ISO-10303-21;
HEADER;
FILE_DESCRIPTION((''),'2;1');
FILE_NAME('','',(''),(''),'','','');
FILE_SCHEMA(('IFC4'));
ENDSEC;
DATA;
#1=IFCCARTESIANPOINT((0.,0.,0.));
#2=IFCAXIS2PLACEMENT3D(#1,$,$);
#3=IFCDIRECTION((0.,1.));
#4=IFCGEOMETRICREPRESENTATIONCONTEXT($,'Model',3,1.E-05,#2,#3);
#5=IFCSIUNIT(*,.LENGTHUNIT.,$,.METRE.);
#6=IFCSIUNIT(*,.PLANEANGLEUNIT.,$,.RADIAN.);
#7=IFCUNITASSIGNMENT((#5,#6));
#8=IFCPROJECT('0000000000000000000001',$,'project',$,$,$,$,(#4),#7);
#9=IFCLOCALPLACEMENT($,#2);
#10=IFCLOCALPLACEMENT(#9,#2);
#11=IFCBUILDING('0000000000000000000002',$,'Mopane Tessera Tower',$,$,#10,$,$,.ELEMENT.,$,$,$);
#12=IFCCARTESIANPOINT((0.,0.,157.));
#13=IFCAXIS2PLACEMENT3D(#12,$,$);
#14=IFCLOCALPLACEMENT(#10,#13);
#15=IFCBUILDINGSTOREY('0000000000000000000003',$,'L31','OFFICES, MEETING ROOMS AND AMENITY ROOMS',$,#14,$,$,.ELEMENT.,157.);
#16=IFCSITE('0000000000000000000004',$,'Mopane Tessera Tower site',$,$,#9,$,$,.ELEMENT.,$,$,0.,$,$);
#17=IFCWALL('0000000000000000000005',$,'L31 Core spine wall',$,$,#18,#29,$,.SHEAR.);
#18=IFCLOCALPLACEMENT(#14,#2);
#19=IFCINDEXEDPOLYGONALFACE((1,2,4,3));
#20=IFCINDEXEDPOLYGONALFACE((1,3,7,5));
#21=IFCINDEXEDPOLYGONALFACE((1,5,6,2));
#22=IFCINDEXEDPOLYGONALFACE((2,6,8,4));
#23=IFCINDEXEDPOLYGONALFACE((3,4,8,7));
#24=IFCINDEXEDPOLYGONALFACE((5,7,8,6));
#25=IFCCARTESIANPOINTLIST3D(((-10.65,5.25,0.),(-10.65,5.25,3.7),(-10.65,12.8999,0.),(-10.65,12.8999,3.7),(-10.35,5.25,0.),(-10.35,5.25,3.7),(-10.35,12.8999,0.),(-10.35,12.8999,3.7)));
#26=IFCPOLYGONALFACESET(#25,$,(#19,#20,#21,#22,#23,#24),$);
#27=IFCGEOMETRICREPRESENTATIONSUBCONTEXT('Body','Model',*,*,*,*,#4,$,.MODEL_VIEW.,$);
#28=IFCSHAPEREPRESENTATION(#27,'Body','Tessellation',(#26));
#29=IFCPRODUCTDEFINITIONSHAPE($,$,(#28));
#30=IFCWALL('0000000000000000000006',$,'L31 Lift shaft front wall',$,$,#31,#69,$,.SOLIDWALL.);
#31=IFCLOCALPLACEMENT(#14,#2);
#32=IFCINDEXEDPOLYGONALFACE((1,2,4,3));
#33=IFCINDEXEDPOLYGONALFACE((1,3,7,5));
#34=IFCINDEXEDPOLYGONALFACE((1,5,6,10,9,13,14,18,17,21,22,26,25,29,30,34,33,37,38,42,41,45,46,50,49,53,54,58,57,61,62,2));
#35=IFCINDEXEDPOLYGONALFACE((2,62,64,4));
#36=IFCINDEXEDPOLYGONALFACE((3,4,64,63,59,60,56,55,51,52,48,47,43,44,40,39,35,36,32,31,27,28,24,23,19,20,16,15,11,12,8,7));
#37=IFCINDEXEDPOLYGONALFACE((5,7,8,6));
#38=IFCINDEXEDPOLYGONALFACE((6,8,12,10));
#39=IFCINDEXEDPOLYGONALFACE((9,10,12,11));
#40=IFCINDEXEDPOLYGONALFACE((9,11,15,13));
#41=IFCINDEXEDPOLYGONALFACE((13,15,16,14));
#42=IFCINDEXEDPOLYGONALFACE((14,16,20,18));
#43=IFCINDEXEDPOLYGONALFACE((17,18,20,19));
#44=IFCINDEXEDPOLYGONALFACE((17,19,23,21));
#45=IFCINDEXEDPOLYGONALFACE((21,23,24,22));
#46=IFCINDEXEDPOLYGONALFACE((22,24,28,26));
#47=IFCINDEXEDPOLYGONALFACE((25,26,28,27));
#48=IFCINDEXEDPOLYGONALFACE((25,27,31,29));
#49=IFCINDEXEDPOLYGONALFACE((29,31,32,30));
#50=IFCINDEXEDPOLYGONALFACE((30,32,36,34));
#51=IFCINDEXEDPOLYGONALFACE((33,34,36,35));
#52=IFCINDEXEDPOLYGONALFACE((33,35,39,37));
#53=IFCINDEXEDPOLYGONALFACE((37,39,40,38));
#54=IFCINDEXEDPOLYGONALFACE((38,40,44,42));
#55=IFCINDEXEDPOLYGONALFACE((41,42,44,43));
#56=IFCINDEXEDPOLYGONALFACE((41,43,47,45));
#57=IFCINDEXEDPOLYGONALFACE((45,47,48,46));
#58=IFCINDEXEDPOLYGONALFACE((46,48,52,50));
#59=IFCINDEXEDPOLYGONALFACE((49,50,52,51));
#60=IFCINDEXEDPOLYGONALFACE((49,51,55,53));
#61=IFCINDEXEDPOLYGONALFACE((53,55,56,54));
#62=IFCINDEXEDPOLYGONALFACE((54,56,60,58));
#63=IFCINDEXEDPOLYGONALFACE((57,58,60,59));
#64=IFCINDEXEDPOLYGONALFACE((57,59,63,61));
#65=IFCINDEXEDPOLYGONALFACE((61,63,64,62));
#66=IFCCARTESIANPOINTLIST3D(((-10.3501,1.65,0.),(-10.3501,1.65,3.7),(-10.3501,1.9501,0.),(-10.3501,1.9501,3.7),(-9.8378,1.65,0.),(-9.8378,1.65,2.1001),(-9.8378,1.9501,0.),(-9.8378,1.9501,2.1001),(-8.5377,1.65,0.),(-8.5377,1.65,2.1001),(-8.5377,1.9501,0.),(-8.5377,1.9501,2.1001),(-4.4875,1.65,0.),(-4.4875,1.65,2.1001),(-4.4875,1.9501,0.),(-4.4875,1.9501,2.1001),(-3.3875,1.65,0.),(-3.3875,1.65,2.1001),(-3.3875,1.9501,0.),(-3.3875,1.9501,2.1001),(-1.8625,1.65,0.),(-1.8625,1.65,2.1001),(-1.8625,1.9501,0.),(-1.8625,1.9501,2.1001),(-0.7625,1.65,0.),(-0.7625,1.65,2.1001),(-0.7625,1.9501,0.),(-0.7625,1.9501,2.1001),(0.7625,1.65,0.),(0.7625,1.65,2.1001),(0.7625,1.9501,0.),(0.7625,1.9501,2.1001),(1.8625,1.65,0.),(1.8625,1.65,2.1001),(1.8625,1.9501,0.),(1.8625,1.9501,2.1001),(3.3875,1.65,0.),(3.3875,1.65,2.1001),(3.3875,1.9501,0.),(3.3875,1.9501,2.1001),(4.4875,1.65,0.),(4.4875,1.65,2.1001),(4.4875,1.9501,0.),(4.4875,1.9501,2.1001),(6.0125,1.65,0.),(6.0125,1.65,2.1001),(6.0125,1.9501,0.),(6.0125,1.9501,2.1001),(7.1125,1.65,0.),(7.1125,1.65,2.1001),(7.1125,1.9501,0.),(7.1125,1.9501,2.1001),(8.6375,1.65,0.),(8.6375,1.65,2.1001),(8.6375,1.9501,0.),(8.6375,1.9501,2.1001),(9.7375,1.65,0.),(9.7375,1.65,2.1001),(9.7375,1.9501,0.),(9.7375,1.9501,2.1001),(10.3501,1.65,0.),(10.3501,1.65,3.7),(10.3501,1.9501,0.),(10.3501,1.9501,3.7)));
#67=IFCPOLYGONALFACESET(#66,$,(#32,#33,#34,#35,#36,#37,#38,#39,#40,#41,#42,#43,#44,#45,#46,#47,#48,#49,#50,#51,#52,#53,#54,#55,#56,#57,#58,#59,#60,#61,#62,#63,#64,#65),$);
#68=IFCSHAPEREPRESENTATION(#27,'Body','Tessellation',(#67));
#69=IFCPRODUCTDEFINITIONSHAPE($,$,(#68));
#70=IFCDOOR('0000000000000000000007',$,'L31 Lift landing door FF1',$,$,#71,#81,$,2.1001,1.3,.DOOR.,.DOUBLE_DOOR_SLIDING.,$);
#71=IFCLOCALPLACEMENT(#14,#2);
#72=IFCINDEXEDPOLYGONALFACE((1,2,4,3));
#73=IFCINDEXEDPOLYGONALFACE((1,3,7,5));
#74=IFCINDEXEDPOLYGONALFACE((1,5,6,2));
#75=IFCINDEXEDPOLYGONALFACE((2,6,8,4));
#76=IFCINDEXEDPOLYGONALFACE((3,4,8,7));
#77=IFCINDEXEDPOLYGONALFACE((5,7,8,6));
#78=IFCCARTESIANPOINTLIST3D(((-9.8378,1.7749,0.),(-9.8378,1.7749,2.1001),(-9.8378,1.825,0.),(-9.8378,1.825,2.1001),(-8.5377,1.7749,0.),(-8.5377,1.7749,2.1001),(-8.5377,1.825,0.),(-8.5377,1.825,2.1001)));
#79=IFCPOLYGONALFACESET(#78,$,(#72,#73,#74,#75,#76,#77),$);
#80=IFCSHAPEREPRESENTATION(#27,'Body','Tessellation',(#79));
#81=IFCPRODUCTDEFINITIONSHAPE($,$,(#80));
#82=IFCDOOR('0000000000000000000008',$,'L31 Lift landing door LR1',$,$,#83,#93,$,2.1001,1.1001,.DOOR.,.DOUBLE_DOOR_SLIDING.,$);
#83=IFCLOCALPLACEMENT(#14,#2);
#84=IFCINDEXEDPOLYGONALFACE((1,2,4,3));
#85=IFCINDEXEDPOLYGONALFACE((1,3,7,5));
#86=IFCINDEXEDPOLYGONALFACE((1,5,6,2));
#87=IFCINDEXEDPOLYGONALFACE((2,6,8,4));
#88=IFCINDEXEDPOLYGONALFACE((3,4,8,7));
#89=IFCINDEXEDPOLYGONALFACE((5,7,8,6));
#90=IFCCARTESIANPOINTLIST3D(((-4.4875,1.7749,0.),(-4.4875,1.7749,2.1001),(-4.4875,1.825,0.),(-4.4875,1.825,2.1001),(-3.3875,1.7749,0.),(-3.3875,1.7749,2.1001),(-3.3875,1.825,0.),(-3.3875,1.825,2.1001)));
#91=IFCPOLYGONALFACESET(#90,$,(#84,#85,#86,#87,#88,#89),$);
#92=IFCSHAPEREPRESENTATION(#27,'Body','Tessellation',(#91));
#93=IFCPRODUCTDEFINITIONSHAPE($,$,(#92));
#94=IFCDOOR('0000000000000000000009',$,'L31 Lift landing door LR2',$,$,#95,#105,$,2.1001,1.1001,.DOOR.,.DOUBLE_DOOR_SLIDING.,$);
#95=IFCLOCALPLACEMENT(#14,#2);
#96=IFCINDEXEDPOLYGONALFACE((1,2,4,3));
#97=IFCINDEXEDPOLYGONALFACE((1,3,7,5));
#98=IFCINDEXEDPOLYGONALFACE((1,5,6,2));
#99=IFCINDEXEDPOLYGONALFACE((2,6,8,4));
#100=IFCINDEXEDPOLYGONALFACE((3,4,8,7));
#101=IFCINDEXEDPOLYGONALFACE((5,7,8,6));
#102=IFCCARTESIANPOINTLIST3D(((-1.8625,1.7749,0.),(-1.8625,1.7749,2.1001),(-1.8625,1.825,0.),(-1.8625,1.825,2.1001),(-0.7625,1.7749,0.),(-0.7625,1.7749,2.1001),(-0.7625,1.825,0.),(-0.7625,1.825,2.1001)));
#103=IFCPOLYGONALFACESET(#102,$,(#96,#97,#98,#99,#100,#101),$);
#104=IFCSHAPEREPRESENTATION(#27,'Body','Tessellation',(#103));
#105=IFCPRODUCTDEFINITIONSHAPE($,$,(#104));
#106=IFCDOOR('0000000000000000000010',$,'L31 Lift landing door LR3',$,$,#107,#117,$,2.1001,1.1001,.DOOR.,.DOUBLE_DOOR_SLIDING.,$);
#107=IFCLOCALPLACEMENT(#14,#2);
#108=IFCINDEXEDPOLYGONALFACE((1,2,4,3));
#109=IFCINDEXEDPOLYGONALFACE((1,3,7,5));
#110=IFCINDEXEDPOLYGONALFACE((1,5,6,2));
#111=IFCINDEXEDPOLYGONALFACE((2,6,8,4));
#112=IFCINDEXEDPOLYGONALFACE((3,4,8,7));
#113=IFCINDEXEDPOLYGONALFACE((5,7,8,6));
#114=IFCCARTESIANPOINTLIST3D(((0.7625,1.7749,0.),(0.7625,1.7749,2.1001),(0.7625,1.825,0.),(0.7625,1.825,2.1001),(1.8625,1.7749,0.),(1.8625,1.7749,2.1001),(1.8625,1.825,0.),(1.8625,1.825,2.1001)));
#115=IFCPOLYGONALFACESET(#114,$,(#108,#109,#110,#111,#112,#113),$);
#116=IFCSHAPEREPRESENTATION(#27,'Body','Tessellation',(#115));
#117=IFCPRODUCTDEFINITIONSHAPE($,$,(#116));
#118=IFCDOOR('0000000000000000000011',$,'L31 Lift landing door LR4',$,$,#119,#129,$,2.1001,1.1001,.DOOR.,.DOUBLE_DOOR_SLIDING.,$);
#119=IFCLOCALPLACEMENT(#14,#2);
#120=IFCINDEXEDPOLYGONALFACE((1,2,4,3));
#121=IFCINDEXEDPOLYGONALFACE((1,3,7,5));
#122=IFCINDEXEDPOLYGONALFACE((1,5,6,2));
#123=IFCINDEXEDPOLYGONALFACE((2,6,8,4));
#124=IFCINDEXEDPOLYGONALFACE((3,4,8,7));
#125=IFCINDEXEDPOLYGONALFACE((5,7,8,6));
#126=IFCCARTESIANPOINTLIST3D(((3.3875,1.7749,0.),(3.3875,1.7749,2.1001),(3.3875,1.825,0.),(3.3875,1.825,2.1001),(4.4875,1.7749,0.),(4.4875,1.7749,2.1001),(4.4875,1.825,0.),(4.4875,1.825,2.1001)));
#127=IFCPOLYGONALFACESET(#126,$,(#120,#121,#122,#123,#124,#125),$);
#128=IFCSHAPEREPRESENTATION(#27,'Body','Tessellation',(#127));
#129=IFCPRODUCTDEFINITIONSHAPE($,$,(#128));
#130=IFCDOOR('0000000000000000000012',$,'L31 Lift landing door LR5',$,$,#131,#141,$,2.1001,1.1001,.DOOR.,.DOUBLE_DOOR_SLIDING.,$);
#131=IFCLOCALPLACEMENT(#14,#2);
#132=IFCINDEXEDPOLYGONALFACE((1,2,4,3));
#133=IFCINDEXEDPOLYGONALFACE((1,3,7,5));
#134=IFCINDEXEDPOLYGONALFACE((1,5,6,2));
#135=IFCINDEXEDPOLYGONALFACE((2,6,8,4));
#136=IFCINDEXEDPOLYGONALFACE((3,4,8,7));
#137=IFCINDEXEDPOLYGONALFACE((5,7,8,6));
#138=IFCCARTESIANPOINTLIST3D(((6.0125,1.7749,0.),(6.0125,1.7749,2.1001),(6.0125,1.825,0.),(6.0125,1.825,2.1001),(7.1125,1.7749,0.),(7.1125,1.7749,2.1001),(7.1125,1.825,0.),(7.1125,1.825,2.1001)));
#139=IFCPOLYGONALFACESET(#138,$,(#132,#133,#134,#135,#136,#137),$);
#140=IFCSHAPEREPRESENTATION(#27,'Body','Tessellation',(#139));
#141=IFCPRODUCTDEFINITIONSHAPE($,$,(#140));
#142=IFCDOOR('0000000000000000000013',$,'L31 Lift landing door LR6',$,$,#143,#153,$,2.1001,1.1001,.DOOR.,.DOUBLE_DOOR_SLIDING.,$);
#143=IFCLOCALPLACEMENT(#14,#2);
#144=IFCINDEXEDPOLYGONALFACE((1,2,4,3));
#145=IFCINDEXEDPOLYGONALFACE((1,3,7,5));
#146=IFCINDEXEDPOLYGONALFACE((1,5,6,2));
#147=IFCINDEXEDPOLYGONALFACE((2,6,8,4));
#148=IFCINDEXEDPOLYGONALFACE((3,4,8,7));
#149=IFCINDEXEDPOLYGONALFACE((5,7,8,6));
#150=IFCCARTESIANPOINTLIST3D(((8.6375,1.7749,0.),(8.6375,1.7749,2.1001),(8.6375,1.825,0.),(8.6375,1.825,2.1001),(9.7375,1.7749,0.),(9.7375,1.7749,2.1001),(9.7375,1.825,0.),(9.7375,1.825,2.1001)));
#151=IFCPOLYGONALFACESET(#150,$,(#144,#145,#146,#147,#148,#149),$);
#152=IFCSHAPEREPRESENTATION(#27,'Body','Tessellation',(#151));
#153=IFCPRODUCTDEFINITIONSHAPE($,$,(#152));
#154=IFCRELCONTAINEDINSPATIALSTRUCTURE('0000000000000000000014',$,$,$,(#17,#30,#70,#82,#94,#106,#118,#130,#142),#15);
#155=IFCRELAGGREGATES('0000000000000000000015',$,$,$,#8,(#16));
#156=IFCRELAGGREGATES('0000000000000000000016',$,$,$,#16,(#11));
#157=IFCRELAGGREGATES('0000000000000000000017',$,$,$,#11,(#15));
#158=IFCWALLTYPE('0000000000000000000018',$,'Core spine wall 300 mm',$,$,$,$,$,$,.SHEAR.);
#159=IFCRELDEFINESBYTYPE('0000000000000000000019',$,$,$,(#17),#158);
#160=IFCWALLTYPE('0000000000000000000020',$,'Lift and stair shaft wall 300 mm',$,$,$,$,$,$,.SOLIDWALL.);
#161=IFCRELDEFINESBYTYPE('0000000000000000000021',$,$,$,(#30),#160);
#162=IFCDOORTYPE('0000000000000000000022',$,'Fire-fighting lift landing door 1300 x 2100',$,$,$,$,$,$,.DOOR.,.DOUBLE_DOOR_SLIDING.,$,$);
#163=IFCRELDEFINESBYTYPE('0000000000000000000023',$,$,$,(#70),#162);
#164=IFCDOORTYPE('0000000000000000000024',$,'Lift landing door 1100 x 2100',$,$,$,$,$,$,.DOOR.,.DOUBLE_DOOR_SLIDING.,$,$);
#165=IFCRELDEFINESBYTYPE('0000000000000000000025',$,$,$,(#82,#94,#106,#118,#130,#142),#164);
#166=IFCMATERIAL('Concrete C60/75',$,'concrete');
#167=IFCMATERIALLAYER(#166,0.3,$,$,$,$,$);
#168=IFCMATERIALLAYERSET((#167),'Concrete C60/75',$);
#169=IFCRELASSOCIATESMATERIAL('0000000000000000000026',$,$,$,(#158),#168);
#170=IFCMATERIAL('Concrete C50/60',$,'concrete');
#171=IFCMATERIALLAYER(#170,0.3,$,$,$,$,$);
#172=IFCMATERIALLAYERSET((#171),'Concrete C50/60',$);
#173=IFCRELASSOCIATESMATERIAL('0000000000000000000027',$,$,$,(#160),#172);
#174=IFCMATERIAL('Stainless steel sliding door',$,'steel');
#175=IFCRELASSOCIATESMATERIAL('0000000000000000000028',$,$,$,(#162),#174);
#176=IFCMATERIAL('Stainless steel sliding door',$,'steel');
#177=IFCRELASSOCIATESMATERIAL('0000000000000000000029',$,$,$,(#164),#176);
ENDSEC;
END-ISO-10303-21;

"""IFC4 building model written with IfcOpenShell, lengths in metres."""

from ifc_helpers import new_model, si_unit, direction, frame, frame_2d, origin, place, context, subcontext, project, spatial, rectangle, extrude, material, layer, layer_set, type_object, element, fill, save


model = new_model("IFC4")

# Units and contexts
model_context = context("Model", 3, precision=1e-05, world=origin(), true_north=direction((0.0, 1.0)))
body_context = subcontext(model_context, "Body", "Model", "MODEL_VIEW")
ifc_project = project(units=[si_unit("LENGTHUNIT", "METRE"), si_unit("PLANEANGLEUNIT", "RADIAN")], contexts=[model_context])

# Site, building, storey
site_placement = place(None, origin())
site = spatial("IfcSite", under=ifc_project, at=site_placement, Name="Mopane Tessera Tower site", CompositionType="ELEMENT", RefElevation=0.0)
building_placement = place(site_placement, origin())
building = spatial("IfcBuilding", under=site, at=building_placement, Name="Mopane Tessera Tower", CompositionType="ELEMENT")
storey_placement = place(building_placement, frame((0.0, 0.0, 157.0)))
storey = spatial("IfcBuildingStorey", under=building, at=storey_placement, Name="L31", Description="OFFICES, MEETING ROOMS AND AMENITY ROOMS", CompositionType="ELEMENT", Elevation=157.0)

# Wall
ifc_material_1 = material(Name="Concrete C60/75", Category="concrete")
ifc_layer_1 = layer(ifc_material_1, 0.3)
ifc_layer_set_1 = layer_set([ifc_layer_1], Name="Concrete C60/75")
wall_type_1 = type_object("IfcWallType", Name="Core spine wall 300 mm", PredefinedType="SHEAR", material=ifc_layer_set_1)
wall_1_placement = place(storey_placement, frame((-10.5, 5.25, 0.0), z_axis=(0.0, 0.0, 1.0), x_axis=(0.0, 1.0, 0.0)))
element("IfcWall", 1, at=wall_1_placement, inside=storey, type_object=wall_type_1, Name="L31 Core spine wall", PredefinedType="SHEAR", context=body_context, shape_type="SweptSolid", body=[
    extrude(rectangle(XDim=7.6499, YDim=0.3, at=frame_2d((3.825, 0.0))), origin(), (0.0, 0.0, 1.0), 3.7),
])

# Wall, openings, doors
ifc_material_2 = material(Name="Concrete C50/60", Category="concrete")
ifc_layer_2 = layer(ifc_material_2, 0.3)
ifc_layer_set_2 = layer_set([ifc_layer_2], Name="Concrete C50/60")
wall_type_2 = type_object("IfcWallType", Name="Lift and stair shaft wall 300 mm", PredefinedType="SOLIDWALL", material=ifc_layer_set_2)
wall_2_placement = place(storey_placement, frame((-10.3501, 1.8, 0.0), z_axis=(0.0, 0.0, 1.0), x_axis=(1.0, 0.0, 0.0)))
wall_2 = element("IfcWall", 2, at=wall_2_placement, inside=storey, type_object=wall_type_2, Name="L31 Lift shaft front wall", PredefinedType="SOLIDWALL", context=body_context, shape_type="SweptSolid", body=[
    extrude(rectangle(XDim=20.7002, YDim=0.3, at=frame_2d((10.3501, 0.0))), origin(), (0.0, 0.0, 1.0), 3.7),
])
opening_1_placement = place(wall_2_placement, frame((0.5125, 0.0, 0.0)))
opening_1 = element("IfcOpeningElement", 3, at=opening_1_placement, cuts=wall_2, PredefinedType="OPENING", context=body_context, shape_type="SweptSolid", body=[
    extrude(rectangle(XDim=1.3, YDim=2.1001, at=frame_2d((0.6499, 1.05))), frame((0.0, 0.1621, 0.0), z_axis=(0.0, -1.0, 0.0), x_axis=(1.0, 0.0, 0.0)), (0.0, 0.0, 1.0), 0.324),
])
opening_2_placement = place(wall_2_placement, frame((5.8625, 0.0, 0.0)))
opening_2 = element("IfcOpeningElement", 4, at=opening_2_placement, cuts=wall_2, PredefinedType="OPENING", context=body_context, shape_type="SweptSolid", body=[
    extrude(rectangle(XDim=1.1001, YDim=2.1001, at=frame_2d((0.55, 1.05))), frame((0.0, 0.1621, 0.0), z_axis=(0.0, -1.0, 0.0), x_axis=(1.0, 0.0, 0.0)), (0.0, 0.0, 1.0), 0.324),
])
opening_3_placement = place(wall_2_placement, frame((8.4875, 0.0, 0.0)))
opening_3 = element("IfcOpeningElement", 5, at=opening_3_placement, cuts=wall_2, PredefinedType="OPENING", context=body_context, shape_type="SweptSolid", body=[
    extrude(rectangle(XDim=1.1001, YDim=2.1001, at=frame_2d((0.55, 1.05))), frame((0.0, 0.1621, 0.0), z_axis=(0.0, -1.0, 0.0), x_axis=(1.0, 0.0, 0.0)), (0.0, 0.0, 1.0), 0.324),
])
opening_4_placement = place(wall_2_placement, frame((11.1125, 0.0, 0.0)))
opening_4 = element("IfcOpeningElement", 6, at=opening_4_placement, cuts=wall_2, PredefinedType="OPENING", context=body_context, shape_type="SweptSolid", body=[
    extrude(rectangle(XDim=1.1001, YDim=2.1001, at=frame_2d((0.55, 1.05))), frame((0.0, 0.1621, 0.0), z_axis=(0.0, -1.0, 0.0), x_axis=(1.0, 0.0, 0.0)), (0.0, 0.0, 1.0), 0.324),
])
opening_5_placement = place(wall_2_placement, frame((13.7375, 0.0, 0.0)))
opening_5 = element("IfcOpeningElement", 7, at=opening_5_placement, cuts=wall_2, PredefinedType="OPENING", context=body_context, shape_type="SweptSolid", body=[
    extrude(rectangle(XDim=1.1001, YDim=2.1001, at=frame_2d((0.55, 1.05))), frame((0.0, 0.1621, 0.0), z_axis=(0.0, -1.0, 0.0), x_axis=(1.0, 0.0, 0.0)), (0.0, 0.0, 1.0), 0.324),
])
opening_6_placement = place(wall_2_placement, frame((16.3625, 0.0, 0.0)))
opening_6 = element("IfcOpeningElement", 8, at=opening_6_placement, cuts=wall_2, PredefinedType="OPENING", context=body_context, shape_type="SweptSolid", body=[
    extrude(rectangle(XDim=1.1001, YDim=2.1001, at=frame_2d((0.55, 1.05))), frame((0.0, 0.1621, 0.0), z_axis=(0.0, -1.0, 0.0), x_axis=(1.0, 0.0, 0.0)), (0.0, 0.0, 1.0), 0.324),
])
opening_7_placement = place(wall_2_placement, frame((18.9875, 0.0, 0.0)))
opening_7 = element("IfcOpeningElement", 9, at=opening_7_placement, cuts=wall_2, PredefinedType="OPENING", context=body_context, shape_type="SweptSolid", body=[
    extrude(rectangle(XDim=1.1001, YDim=2.1001, at=frame_2d((0.55, 1.05))), frame((0.0, 0.1621, 0.0), z_axis=(0.0, -1.0, 0.0), x_axis=(1.0, 0.0, 0.0)), (0.0, 0.0, 1.0), 0.324),
])
ifc_material_3 = material(Name="Stainless steel sliding door", Category="steel")
door_type_1 = type_object("IfcDoorType", Name="Fire-fighting lift landing door 1300 x 2100", OperationType="DOUBLE_DOOR_SLIDING", PredefinedType="DOOR", material=ifc_material_3)
door_1_placement = place(opening_1_placement, origin())
door_1 = element("IfcDoor", 10, at=door_1_placement, inside=storey, type_object=door_type_1, Name="L31 Lift landing door FF1", OperationType="DOUBLE_DOOR_SLIDING", OverallHeight=2.1001, OverallWidth=1.3, PredefinedType="DOOR", context=body_context, shape_type="SweptSolid", body=[
    extrude(rectangle(XDim=1.3, YDim=2.1001, at=frame_2d((0.6499, 1.05))), frame((0.0, 0.0249, 0.0), z_axis=(0.0, -1.0, 0.0), x_axis=(1.0, 0.0, 0.0)), (0.0, 0.0, 1.0), 0.05),
])
fill(opening_1, door_1)
ifc_material_4 = material(Name="Stainless steel sliding door", Category="steel")
door_type_2 = type_object("IfcDoorType", Name="Lift landing door 1100 x 2100", OperationType="DOUBLE_DOOR_SLIDING", PredefinedType="DOOR", material=ifc_material_4)
door_2_placement = place(opening_2_placement, origin())
door_2 = element("IfcDoor", 11, at=door_2_placement, inside=storey, type_object=door_type_2, Name="L31 Lift landing door LR1", OperationType="DOUBLE_DOOR_SLIDING", OverallHeight=2.1001, OverallWidth=1.1001, PredefinedType="DOOR", context=body_context, shape_type="SweptSolid", body=[
    extrude(rectangle(XDim=1.1001, YDim=2.1001, at=frame_2d((0.55, 1.05))), frame((0.0, 0.0249, 0.0), z_axis=(0.0, -1.0, 0.0), x_axis=(1.0, 0.0, 0.0)), (0.0, 0.0, 1.0), 0.05),
])
fill(opening_2, door_2)
door_3_placement = place(opening_3_placement, origin())
door_3 = element("IfcDoor", 12, at=door_3_placement, inside=storey, type_object=door_type_2, Name="L31 Lift landing door LR2", OperationType="DOUBLE_DOOR_SLIDING", OverallHeight=2.1001, OverallWidth=1.1001, PredefinedType="DOOR", context=body_context, shape_type="SweptSolid", body=[
    extrude(rectangle(XDim=1.1001, YDim=2.1001, at=frame_2d((0.55, 1.05))), frame((0.0, 0.0249, 0.0), z_axis=(0.0, -1.0, 0.0), x_axis=(1.0, 0.0, 0.0)), (0.0, 0.0, 1.0), 0.05),
])
fill(opening_3, door_3)
door_4_placement = place(opening_4_placement, origin())
door_4 = element("IfcDoor", 13, at=door_4_placement, inside=storey, type_object=door_type_2, Name="L31 Lift landing door LR3", OperationType="DOUBLE_DOOR_SLIDING", OverallHeight=2.1001, OverallWidth=1.1001, PredefinedType="DOOR", context=body_context, shape_type="SweptSolid", body=[
    extrude(rectangle(XDim=1.1001, YDim=2.1001, at=frame_2d((0.55, 1.05))), frame((0.0, 0.0249, 0.0), z_axis=(0.0, -1.0, 0.0), x_axis=(1.0, 0.0, 0.0)), (0.0, 0.0, 1.0), 0.05),
])
fill(opening_4, door_4)
door_5_placement = place(opening_5_placement, origin())
door_5 = element("IfcDoor", 14, at=door_5_placement, inside=storey, type_object=door_type_2, Name="L31 Lift landing door LR4", OperationType="DOUBLE_DOOR_SLIDING", OverallHeight=2.1001, OverallWidth=1.1001, PredefinedType="DOOR", context=body_context, shape_type="SweptSolid", body=[
    extrude(rectangle(XDim=1.1001, YDim=2.1001, at=frame_2d((0.55, 1.05))), frame((0.0, 0.0249, 0.0), z_axis=(0.0, -1.0, 0.0), x_axis=(1.0, 0.0, 0.0)), (0.0, 0.0, 1.0), 0.05),
])
fill(opening_5, door_5)
door_6_placement = place(opening_6_placement, origin())
door_6 = element("IfcDoor", 15, at=door_6_placement, inside=storey, type_object=door_type_2, Name="L31 Lift landing door LR5", OperationType="DOUBLE_DOOR_SLIDING", OverallHeight=2.1001, OverallWidth=1.1001, PredefinedType="DOOR", context=body_context, shape_type="SweptSolid", body=[
    extrude(rectangle(XDim=1.1001, YDim=2.1001, at=frame_2d((0.55, 1.05))), frame((0.0, 0.0249, 0.0), z_axis=(0.0, -1.0, 0.0), x_axis=(1.0, 0.0, 0.0)), (0.0, 0.0, 1.0), 0.05),
])
fill(opening_6, door_6)
door_7_placement = place(opening_7_placement, origin())
door_7 = element("IfcDoor", 16, at=door_7_placement, inside=storey, type_object=door_type_2, Name="L31 Lift landing door LR6", OperationType="DOUBLE_DOOR_SLIDING", OverallHeight=2.1001, OverallWidth=1.1001, PredefinedType="DOOR", context=body_context, shape_type="SweptSolid", body=[
    extrude(rectangle(XDim=1.1001, YDim=2.1001, at=frame_2d((0.55, 1.05))), frame((0.0, 0.0249, 0.0), z_axis=(0.0, -1.0, 0.0), x_axis=(1.0, 0.0, 0.0)), (0.0, 0.0, 1.0), 0.05),
])
fill(opening_7, door_7)

save(model, "model.ifc")
